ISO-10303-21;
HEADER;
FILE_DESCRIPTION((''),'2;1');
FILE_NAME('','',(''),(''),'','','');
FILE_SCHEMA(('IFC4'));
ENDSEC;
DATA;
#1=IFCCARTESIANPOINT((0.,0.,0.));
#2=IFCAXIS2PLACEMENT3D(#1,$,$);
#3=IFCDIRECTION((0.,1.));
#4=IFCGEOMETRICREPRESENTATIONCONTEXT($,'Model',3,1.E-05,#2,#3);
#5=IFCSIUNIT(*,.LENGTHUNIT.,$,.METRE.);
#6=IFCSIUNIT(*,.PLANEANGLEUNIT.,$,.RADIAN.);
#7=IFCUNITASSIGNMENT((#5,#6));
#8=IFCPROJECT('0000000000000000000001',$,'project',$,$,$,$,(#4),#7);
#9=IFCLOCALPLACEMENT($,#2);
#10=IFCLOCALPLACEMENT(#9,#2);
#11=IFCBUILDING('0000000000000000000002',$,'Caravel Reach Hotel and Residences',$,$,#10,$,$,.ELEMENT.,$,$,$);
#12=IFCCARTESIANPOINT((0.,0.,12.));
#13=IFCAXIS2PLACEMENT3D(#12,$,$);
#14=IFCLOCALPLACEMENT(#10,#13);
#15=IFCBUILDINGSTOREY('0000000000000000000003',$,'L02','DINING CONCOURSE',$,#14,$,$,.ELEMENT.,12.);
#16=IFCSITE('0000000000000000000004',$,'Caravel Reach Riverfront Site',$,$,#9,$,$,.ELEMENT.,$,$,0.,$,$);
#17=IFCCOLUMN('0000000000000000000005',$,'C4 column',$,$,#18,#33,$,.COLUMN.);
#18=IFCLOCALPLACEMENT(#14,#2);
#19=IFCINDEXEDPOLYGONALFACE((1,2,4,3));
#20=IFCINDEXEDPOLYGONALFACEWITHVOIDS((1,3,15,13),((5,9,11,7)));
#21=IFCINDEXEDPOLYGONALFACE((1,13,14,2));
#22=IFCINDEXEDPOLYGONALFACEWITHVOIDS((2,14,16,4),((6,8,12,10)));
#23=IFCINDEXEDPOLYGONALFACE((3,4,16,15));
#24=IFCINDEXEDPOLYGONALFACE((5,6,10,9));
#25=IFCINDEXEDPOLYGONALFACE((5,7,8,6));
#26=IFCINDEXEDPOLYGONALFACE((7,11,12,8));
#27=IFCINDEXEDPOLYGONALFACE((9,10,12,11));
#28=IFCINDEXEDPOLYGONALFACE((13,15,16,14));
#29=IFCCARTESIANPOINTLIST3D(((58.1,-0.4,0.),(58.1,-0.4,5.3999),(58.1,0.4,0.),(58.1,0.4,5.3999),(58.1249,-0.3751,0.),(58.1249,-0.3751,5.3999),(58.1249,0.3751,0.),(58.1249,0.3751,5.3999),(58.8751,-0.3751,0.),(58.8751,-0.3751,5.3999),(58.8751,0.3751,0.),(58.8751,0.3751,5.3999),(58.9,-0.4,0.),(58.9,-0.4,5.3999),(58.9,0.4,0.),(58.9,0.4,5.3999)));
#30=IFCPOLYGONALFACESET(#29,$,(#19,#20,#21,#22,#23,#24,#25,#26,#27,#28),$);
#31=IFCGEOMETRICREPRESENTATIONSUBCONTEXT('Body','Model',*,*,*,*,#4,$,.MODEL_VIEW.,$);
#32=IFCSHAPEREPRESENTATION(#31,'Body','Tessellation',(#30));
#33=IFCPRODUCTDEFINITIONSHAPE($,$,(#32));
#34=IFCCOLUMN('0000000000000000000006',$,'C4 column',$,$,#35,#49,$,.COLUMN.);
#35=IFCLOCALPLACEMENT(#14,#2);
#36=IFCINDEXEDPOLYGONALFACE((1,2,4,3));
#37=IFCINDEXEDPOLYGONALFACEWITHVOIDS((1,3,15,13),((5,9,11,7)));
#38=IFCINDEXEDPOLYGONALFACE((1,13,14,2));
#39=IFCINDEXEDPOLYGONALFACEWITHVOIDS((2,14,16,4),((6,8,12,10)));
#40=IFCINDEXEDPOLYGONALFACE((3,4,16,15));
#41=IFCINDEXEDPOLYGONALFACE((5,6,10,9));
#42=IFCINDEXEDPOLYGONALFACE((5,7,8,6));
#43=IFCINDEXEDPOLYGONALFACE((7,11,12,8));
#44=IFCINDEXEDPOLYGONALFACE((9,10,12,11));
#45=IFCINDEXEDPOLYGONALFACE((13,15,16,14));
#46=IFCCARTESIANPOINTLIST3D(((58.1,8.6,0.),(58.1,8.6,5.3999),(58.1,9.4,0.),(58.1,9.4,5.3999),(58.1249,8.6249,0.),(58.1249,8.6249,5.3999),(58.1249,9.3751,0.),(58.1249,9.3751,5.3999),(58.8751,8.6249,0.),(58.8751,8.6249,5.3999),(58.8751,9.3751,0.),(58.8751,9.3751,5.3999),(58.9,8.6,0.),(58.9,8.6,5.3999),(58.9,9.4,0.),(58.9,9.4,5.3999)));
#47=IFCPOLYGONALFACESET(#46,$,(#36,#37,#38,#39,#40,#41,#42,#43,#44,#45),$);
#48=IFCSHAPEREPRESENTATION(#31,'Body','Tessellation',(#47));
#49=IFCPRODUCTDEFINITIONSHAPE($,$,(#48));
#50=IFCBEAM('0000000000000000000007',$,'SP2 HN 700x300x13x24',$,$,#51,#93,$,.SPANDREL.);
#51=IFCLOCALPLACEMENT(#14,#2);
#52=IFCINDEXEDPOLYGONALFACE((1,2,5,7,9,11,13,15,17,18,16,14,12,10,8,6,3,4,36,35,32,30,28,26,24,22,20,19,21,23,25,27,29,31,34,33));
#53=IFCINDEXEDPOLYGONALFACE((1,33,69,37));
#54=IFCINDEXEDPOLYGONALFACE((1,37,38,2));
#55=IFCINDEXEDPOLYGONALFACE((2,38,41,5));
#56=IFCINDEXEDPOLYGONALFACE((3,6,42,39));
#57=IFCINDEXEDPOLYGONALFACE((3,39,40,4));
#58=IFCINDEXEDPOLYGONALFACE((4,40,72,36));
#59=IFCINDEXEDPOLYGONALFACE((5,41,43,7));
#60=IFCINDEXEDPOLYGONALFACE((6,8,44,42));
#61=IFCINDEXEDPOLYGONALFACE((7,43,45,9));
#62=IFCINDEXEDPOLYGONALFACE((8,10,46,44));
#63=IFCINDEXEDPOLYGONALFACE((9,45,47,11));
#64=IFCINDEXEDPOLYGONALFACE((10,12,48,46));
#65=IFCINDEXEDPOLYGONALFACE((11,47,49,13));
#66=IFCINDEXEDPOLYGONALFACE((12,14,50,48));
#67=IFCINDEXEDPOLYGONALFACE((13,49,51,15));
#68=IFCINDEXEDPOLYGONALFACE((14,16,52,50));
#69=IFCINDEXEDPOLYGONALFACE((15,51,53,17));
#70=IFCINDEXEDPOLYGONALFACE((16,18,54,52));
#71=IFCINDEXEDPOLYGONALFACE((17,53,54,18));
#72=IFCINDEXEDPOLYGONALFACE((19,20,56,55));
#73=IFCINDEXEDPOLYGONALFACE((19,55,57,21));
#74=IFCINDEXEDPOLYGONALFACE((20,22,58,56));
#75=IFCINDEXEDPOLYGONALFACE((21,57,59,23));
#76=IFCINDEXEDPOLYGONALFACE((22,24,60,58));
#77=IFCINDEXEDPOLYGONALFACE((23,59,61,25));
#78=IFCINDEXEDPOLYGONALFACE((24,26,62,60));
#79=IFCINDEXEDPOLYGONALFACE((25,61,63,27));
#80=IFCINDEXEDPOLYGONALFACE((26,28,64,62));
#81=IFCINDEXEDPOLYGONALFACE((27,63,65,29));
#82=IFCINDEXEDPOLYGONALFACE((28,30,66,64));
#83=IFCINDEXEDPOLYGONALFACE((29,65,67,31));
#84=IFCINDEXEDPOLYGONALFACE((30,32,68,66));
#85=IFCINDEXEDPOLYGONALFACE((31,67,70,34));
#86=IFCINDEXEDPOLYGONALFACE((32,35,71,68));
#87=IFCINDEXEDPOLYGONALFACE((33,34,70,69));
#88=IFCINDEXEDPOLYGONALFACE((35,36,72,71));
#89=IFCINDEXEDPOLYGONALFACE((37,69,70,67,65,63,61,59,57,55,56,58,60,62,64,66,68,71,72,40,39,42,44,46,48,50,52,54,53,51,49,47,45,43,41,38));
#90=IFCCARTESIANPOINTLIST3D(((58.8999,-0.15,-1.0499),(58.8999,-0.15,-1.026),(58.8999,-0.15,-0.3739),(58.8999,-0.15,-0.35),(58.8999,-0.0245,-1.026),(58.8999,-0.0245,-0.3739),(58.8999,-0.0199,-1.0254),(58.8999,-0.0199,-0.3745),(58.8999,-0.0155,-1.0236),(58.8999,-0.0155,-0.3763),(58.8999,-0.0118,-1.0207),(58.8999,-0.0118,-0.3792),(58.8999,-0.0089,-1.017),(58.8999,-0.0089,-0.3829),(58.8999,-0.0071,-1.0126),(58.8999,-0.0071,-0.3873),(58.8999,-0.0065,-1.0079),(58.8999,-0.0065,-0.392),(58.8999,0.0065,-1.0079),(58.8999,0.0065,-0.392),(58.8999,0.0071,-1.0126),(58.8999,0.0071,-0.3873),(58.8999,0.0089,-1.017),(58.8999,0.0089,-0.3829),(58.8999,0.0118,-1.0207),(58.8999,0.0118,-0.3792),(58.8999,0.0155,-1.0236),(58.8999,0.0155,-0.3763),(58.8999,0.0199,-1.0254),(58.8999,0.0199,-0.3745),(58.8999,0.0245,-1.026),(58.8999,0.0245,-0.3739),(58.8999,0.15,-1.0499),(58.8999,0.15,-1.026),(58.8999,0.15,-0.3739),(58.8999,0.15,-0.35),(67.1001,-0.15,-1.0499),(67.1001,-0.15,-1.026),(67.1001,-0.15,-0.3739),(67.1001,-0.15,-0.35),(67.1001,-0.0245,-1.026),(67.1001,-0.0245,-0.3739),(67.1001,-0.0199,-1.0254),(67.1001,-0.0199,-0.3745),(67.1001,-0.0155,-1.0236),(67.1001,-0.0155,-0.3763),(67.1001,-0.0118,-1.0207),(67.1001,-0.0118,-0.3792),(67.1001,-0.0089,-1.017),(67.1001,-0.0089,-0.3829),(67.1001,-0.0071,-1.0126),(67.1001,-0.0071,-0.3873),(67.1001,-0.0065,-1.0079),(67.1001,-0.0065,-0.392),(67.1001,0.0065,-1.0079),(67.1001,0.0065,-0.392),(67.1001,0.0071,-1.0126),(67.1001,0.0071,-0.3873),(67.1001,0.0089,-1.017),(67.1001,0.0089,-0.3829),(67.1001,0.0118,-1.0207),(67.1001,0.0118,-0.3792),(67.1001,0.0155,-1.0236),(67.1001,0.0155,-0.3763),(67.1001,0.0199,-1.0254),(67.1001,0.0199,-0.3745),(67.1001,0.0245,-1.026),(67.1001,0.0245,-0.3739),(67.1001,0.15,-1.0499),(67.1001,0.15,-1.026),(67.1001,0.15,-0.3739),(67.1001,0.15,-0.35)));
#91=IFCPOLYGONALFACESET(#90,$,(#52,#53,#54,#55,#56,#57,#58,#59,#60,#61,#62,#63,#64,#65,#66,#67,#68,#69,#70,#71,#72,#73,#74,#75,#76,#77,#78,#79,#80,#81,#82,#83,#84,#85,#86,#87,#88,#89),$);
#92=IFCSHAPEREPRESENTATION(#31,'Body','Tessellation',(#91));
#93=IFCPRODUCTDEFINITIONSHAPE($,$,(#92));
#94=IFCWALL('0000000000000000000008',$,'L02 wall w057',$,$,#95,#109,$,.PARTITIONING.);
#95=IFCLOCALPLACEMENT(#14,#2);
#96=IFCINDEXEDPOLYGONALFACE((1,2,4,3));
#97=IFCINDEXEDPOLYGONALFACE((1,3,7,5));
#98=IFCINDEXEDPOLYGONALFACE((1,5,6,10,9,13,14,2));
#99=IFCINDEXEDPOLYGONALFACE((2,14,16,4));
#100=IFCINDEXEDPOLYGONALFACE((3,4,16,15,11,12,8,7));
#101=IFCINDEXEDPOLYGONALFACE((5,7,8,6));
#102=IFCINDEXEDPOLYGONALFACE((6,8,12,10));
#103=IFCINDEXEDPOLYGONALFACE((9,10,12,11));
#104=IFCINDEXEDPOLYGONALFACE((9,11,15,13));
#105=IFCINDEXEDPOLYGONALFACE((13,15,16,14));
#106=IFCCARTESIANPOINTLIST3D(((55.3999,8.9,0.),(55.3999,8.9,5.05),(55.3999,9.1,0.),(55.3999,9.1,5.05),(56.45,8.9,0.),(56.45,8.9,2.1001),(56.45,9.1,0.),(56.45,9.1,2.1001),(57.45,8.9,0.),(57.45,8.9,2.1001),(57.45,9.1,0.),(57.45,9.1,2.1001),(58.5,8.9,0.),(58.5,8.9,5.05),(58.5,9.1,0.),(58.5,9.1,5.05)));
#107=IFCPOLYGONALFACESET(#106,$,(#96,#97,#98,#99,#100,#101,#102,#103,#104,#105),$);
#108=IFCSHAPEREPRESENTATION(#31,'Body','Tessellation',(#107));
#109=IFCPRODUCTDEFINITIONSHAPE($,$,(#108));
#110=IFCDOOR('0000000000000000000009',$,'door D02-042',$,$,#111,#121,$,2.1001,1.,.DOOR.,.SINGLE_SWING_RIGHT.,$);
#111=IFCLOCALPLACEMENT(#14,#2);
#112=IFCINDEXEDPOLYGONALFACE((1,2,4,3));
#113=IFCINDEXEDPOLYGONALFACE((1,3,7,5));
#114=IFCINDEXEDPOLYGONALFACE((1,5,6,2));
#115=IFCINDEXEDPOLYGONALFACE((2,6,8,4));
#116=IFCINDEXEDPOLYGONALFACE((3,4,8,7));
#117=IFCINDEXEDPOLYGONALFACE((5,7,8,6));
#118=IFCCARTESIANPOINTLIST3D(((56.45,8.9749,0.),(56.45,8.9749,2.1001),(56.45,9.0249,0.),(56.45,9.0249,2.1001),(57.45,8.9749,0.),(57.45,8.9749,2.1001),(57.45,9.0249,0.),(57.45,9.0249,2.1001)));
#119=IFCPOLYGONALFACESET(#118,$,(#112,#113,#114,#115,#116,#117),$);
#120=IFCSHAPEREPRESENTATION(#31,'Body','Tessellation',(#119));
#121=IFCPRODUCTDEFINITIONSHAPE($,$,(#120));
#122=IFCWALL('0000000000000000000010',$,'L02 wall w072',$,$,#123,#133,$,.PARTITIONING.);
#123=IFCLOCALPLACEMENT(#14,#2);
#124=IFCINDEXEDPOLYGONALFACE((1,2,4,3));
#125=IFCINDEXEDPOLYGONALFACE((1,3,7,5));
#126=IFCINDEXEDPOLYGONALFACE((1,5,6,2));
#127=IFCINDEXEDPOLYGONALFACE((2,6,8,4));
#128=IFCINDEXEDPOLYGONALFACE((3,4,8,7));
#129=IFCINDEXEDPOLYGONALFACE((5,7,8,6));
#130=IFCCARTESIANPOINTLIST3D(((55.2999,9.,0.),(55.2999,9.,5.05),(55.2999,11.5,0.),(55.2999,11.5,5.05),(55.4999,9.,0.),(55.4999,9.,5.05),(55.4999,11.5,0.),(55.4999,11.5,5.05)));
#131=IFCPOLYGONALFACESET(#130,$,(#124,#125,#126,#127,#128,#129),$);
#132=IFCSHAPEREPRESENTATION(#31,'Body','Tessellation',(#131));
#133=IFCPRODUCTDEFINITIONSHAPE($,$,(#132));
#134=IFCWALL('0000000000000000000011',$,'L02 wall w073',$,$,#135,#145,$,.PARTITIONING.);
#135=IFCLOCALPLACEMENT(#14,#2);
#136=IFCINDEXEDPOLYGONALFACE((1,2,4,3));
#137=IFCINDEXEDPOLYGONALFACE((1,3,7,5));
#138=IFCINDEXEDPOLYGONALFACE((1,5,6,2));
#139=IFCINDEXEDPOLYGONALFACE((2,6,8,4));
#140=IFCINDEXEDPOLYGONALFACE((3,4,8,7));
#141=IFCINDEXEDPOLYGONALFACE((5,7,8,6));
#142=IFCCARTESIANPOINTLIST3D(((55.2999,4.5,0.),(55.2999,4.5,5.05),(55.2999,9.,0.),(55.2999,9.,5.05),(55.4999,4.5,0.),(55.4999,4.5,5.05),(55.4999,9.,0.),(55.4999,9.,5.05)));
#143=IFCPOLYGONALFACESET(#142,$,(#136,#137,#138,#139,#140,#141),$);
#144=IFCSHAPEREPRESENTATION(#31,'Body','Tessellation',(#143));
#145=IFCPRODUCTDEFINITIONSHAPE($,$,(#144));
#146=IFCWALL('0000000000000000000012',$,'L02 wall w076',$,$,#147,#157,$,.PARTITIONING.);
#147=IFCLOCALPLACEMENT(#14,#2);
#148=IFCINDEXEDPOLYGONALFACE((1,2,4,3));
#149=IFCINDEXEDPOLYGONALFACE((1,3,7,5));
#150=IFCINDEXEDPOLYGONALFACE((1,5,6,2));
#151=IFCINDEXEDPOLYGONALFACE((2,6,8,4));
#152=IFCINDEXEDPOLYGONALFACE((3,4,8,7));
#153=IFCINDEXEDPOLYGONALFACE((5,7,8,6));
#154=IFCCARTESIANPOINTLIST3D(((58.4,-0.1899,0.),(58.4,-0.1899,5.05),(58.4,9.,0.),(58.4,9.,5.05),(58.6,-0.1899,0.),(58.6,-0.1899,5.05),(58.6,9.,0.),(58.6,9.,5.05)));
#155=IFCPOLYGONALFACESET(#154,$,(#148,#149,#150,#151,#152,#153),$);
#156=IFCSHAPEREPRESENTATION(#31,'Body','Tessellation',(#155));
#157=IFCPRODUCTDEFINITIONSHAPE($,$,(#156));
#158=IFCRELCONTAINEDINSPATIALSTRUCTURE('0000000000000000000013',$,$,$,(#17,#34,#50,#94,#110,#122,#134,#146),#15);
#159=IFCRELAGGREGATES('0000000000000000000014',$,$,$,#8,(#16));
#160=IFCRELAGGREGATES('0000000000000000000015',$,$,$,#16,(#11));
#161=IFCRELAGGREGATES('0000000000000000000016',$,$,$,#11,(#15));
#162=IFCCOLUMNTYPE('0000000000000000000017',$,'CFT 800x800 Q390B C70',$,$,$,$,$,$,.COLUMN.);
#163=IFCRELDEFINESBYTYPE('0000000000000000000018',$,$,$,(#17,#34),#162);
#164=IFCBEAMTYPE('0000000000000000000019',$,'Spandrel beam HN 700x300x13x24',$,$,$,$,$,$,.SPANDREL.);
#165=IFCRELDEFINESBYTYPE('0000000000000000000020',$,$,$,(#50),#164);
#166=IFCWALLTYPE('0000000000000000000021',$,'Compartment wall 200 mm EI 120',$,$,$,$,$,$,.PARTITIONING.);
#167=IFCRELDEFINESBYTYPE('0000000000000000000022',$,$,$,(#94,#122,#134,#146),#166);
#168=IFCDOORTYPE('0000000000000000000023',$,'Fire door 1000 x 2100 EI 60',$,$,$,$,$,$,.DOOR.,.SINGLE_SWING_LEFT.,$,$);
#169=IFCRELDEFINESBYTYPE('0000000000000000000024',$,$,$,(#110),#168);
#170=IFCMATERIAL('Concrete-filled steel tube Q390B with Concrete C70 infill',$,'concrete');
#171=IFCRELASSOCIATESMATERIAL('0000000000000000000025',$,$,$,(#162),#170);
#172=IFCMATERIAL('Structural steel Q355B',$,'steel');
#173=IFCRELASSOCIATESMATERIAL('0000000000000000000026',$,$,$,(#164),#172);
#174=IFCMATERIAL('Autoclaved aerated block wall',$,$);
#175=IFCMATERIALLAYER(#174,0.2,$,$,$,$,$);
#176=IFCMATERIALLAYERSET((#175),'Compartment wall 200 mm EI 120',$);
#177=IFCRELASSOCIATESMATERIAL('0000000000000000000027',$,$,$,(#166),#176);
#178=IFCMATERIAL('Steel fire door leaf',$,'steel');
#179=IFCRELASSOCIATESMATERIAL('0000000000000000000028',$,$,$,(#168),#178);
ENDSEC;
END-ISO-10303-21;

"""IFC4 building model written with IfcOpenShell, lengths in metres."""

from ifc_helpers import new_model, si_unit, direction, frame, frame_2d, origin, origin_2d, place, context, subcontext, project, spatial, rectangle, hollow_rectangle, i_section, extrude, material, layer, layer_set, material_profile, profile_set, type_object, element, fill, save


model = new_model("IFC4")

# Units and contexts
model_context = context("Model", 3, precision=1e-05, world=origin(), true_north=direction((0.0, 1.0)))
body_context = subcontext(model_context, "Body", "Model", "MODEL_VIEW")
ifc_project = project(units=[si_unit("LENGTHUNIT", "METRE"), si_unit("PLANEANGLEUNIT", "RADIAN")], contexts=[model_context])

# Site, building, storey
site_placement = place(None, origin())
site = spatial("IfcSite", under=ifc_project, at=site_placement, Name="Caravel Reach Riverfront Site", CompositionType="ELEMENT", RefElevation=0.0)
building_placement = place(site_placement, origin())
building = spatial("IfcBuilding", under=site, at=building_placement, Name="Caravel Reach Hotel and Residences", CompositionType="ELEMENT")
storey_placement = place(building_placement, frame((0.0, 0.0, 12.0)))
storey = spatial("IfcBuildingStorey", under=building, at=storey_placement, Name="L02", Description="DINING CONCOURSE", CompositionType="ELEMENT", Elevation=12.0)

# Columns
ifc_material_1 = material(Name="Concrete-filled steel tube Q390B with Concrete C70 infill", Category="concrete")
ifc_material_profile_1 = material_profile(ifc_material_1, hollow_rectangle(XDim=0.8, YDim=0.8, WallThickness=0.0249, at=origin_2d()), Name="RHS 800x800x25")
ifc_profile_set_1 = profile_set([ifc_material_profile_1], Name="Concrete-filled steel tube Q390B with Concrete C70 infill")
column_type = type_object("IfcColumnType", Name="CFT 800x800 Q390B C70", PredefinedType="COLUMN", material=ifc_profile_set_1)
for number, where, z_axis, x_axis, name in (
    (1, (58.5, 0.0, 0.0), (0.0, 0.0, 1.0), (1.0, 0.0, 0.0), "C4 column"),
    (2, (58.5, 9.0, 0.0), (0.0, 0.0, 1.0), (1.0, 0.0, 0.0), "C4 column"),
):
    element("IfcColumn", number, at=place(storey_placement, frame(where, z_axis=z_axis, x_axis=x_axis)), inside=storey, type_object=column_type, Name=name, PredefinedType="COLUMN", context=body_context, shape_type="SweptSolid", body=[
        extrude(hollow_rectangle(XDim=0.8, YDim=0.8, WallThickness=0.0249, at=origin_2d()), origin(), (0.0, 0.0, 1.0), 5.3999),
    ])

# Beam
ifc_material_2 = material(Name="Structural steel Q355B", Category="steel")
ifc_material_profile_2 = material_profile(ifc_material_2, i_section(OverallWidth=0.3, OverallDepth=0.7, WebThickness=0.0129, FlangeThickness=0.0239, FilletRadius=0.0181, at=origin_2d()), Name="HN 700x300x13x24")
ifc_profile_set_2 = profile_set([ifc_material_profile_2], Name="Structural steel Q355B")
beam_type = type_object("IfcBeamType", Name="Spandrel beam HN 700x300x13x24", PredefinedType="SPANDREL", material=ifc_profile_set_2)
beam_placement = place(storey_placement, frame((58.8999, 0.0, -0.7), z_axis=(1.0, 0.0, 0.0), x_axis=(0.0, 1.0, 0.0)))
element("IfcBeam", 3, at=beam_placement, inside=storey, type_object=beam_type, Name="SP2 HN 700x300x13x24", PredefinedType="SPANDREL", context=body_context, shape_type="SweptSolid", body=[
    extrude(i_section(OverallWidth=0.3, OverallDepth=0.7, WebThickness=0.0129, FlangeThickness=0.0239, FilletRadius=0.0181, at=origin_2d()), origin(), (0.0, 0.0, 1.0), 8.2002),
])

# Wall, opening, door
ifc_material_3 = material(Name="Autoclaved aerated block wall")
ifc_layer_1 = layer(ifc_material_3, 0.2)
ifc_layer_set_1 = layer_set([ifc_layer_1], Name="Compartment wall 200 mm EI 120")
wall_type_1 = type_object("IfcWallType", Name="Compartment wall 200 mm EI 120", PredefinedType="PARTITIONING", material=ifc_layer_set_1)
wall_1_placement = place(storey_placement, frame((55.3999, 9.0, 0.0), z_axis=(0.0, 0.0, 1.0), x_axis=(1.0, 0.0, 0.0)))
wall_1 = element("IfcWall", 4, at=wall_1_placement, inside=storey, type_object=wall_type_1, Name="L02 wall w057", PredefinedType="PARTITIONING", context=body_context, shape_type="SweptSolid", body=[
    extrude(rectangle(XDim=3.1001, YDim=0.2, at=frame_2d((1.55, 0.0))), origin(), (0.0, 0.0, 1.0), 5.05),
])
opening_1_placement = place(wall_1_placement, frame((1.05, 0.0, 0.0)))
opening_1 = element("IfcOpeningElement", 5, at=opening_1_placement, cuts=wall_1, PredefinedType="OPENING", context=body_context, shape_type="SweptSolid", body=[
    extrude(rectangle(XDim=1.0, YDim=2.1001, at=frame_2d((0.5, 1.05))), frame((0.0, 0.1099, 0.0), z_axis=(0.0, -1.0, 0.0), x_axis=(1.0, 0.0, 0.0)), (0.0, 0.0, 1.0), 0.22),
])
ifc_material_4 = material(Name="Steel fire door leaf", Category="steel")
door_type_1 = type_object("IfcDoorType", Name="Fire door 1000 x 2100 EI 60", OperationType="SINGLE_SWING_LEFT", PredefinedType="DOOR", material=ifc_material_4)
door_1_placement = place(opening_1_placement, origin())
door_1 = element("IfcDoor", 6, at=door_1_placement, inside=storey, type_object=door_type_1, Name="door D02-042", OperationType="SINGLE_SWING_RIGHT", OverallHeight=2.1001, OverallWidth=1.0, PredefinedType="DOOR", context=body_context, shape_type="SweptSolid", body=[
    extrude(rectangle(XDim=1.0, YDim=2.1001, at=frame_2d((0.5, 1.05))), frame((0.0, 0.0249, 0.0), z_axis=(0.0, -1.0, 0.0), x_axis=(1.0, 0.0, 0.0)), (0.0, 0.0, 1.0), 0.05),
])
fill(opening_1, door_1)

# Walls
wall_2_placement = place(storey_placement, frame((55.3999, 9.0, 0.0), z_axis=(0.0, 0.0, 1.0), x_axis=(0.0, 1.0, 0.0)))
element("IfcWall", 7, at=wall_2_placement, inside=storey, type_object=wall_type_1, Name="L02 wall w072", PredefinedType="PARTITIONING", context=body_context, shape_type="SweptSolid", body=[
    extrude(rectangle(XDim=2.5, YDim=0.2, at=frame_2d((1.25, 0.0))), origin(), (0.0, 0.0, 1.0), 5.05),
])
wall_3_placement = place(storey_placement, frame((55.3999, 4.5, 0.0), z_axis=(0.0, 0.0, 1.0), x_axis=(0.0, 1.0, 0.0)))
element("IfcWall", 8, at=wall_3_placement, inside=storey, type_object=wall_type_1, Name="L02 wall w073", PredefinedType="PARTITIONING", context=body_context, shape_type="SweptSolid", body=[
    extrude(rectangle(XDim=4.5, YDim=0.2, at=frame_2d((2.25, 0.0))), origin(), (0.0, 0.0, 1.0), 5.05),
])
wall_4_placement = place(storey_placement, frame((58.5, -0.1899, 0.0), z_axis=(0.0, 0.0, 1.0), x_axis=(0.0, 1.0, 0.0)))
element("IfcWall", 9, at=wall_4_placement, inside=storey, type_object=wall_type_1, Name="L02 wall w076", PredefinedType="PARTITIONING", context=body_context, shape_type="SweptSolid", body=[
    extrude(rectangle(XDim=9.1899, YDim=0.2, at=frame_2d((4.595, 0.0))), origin(), (0.0, 0.0, 1.0), 5.05),
])

save(model, "model.ifc")
